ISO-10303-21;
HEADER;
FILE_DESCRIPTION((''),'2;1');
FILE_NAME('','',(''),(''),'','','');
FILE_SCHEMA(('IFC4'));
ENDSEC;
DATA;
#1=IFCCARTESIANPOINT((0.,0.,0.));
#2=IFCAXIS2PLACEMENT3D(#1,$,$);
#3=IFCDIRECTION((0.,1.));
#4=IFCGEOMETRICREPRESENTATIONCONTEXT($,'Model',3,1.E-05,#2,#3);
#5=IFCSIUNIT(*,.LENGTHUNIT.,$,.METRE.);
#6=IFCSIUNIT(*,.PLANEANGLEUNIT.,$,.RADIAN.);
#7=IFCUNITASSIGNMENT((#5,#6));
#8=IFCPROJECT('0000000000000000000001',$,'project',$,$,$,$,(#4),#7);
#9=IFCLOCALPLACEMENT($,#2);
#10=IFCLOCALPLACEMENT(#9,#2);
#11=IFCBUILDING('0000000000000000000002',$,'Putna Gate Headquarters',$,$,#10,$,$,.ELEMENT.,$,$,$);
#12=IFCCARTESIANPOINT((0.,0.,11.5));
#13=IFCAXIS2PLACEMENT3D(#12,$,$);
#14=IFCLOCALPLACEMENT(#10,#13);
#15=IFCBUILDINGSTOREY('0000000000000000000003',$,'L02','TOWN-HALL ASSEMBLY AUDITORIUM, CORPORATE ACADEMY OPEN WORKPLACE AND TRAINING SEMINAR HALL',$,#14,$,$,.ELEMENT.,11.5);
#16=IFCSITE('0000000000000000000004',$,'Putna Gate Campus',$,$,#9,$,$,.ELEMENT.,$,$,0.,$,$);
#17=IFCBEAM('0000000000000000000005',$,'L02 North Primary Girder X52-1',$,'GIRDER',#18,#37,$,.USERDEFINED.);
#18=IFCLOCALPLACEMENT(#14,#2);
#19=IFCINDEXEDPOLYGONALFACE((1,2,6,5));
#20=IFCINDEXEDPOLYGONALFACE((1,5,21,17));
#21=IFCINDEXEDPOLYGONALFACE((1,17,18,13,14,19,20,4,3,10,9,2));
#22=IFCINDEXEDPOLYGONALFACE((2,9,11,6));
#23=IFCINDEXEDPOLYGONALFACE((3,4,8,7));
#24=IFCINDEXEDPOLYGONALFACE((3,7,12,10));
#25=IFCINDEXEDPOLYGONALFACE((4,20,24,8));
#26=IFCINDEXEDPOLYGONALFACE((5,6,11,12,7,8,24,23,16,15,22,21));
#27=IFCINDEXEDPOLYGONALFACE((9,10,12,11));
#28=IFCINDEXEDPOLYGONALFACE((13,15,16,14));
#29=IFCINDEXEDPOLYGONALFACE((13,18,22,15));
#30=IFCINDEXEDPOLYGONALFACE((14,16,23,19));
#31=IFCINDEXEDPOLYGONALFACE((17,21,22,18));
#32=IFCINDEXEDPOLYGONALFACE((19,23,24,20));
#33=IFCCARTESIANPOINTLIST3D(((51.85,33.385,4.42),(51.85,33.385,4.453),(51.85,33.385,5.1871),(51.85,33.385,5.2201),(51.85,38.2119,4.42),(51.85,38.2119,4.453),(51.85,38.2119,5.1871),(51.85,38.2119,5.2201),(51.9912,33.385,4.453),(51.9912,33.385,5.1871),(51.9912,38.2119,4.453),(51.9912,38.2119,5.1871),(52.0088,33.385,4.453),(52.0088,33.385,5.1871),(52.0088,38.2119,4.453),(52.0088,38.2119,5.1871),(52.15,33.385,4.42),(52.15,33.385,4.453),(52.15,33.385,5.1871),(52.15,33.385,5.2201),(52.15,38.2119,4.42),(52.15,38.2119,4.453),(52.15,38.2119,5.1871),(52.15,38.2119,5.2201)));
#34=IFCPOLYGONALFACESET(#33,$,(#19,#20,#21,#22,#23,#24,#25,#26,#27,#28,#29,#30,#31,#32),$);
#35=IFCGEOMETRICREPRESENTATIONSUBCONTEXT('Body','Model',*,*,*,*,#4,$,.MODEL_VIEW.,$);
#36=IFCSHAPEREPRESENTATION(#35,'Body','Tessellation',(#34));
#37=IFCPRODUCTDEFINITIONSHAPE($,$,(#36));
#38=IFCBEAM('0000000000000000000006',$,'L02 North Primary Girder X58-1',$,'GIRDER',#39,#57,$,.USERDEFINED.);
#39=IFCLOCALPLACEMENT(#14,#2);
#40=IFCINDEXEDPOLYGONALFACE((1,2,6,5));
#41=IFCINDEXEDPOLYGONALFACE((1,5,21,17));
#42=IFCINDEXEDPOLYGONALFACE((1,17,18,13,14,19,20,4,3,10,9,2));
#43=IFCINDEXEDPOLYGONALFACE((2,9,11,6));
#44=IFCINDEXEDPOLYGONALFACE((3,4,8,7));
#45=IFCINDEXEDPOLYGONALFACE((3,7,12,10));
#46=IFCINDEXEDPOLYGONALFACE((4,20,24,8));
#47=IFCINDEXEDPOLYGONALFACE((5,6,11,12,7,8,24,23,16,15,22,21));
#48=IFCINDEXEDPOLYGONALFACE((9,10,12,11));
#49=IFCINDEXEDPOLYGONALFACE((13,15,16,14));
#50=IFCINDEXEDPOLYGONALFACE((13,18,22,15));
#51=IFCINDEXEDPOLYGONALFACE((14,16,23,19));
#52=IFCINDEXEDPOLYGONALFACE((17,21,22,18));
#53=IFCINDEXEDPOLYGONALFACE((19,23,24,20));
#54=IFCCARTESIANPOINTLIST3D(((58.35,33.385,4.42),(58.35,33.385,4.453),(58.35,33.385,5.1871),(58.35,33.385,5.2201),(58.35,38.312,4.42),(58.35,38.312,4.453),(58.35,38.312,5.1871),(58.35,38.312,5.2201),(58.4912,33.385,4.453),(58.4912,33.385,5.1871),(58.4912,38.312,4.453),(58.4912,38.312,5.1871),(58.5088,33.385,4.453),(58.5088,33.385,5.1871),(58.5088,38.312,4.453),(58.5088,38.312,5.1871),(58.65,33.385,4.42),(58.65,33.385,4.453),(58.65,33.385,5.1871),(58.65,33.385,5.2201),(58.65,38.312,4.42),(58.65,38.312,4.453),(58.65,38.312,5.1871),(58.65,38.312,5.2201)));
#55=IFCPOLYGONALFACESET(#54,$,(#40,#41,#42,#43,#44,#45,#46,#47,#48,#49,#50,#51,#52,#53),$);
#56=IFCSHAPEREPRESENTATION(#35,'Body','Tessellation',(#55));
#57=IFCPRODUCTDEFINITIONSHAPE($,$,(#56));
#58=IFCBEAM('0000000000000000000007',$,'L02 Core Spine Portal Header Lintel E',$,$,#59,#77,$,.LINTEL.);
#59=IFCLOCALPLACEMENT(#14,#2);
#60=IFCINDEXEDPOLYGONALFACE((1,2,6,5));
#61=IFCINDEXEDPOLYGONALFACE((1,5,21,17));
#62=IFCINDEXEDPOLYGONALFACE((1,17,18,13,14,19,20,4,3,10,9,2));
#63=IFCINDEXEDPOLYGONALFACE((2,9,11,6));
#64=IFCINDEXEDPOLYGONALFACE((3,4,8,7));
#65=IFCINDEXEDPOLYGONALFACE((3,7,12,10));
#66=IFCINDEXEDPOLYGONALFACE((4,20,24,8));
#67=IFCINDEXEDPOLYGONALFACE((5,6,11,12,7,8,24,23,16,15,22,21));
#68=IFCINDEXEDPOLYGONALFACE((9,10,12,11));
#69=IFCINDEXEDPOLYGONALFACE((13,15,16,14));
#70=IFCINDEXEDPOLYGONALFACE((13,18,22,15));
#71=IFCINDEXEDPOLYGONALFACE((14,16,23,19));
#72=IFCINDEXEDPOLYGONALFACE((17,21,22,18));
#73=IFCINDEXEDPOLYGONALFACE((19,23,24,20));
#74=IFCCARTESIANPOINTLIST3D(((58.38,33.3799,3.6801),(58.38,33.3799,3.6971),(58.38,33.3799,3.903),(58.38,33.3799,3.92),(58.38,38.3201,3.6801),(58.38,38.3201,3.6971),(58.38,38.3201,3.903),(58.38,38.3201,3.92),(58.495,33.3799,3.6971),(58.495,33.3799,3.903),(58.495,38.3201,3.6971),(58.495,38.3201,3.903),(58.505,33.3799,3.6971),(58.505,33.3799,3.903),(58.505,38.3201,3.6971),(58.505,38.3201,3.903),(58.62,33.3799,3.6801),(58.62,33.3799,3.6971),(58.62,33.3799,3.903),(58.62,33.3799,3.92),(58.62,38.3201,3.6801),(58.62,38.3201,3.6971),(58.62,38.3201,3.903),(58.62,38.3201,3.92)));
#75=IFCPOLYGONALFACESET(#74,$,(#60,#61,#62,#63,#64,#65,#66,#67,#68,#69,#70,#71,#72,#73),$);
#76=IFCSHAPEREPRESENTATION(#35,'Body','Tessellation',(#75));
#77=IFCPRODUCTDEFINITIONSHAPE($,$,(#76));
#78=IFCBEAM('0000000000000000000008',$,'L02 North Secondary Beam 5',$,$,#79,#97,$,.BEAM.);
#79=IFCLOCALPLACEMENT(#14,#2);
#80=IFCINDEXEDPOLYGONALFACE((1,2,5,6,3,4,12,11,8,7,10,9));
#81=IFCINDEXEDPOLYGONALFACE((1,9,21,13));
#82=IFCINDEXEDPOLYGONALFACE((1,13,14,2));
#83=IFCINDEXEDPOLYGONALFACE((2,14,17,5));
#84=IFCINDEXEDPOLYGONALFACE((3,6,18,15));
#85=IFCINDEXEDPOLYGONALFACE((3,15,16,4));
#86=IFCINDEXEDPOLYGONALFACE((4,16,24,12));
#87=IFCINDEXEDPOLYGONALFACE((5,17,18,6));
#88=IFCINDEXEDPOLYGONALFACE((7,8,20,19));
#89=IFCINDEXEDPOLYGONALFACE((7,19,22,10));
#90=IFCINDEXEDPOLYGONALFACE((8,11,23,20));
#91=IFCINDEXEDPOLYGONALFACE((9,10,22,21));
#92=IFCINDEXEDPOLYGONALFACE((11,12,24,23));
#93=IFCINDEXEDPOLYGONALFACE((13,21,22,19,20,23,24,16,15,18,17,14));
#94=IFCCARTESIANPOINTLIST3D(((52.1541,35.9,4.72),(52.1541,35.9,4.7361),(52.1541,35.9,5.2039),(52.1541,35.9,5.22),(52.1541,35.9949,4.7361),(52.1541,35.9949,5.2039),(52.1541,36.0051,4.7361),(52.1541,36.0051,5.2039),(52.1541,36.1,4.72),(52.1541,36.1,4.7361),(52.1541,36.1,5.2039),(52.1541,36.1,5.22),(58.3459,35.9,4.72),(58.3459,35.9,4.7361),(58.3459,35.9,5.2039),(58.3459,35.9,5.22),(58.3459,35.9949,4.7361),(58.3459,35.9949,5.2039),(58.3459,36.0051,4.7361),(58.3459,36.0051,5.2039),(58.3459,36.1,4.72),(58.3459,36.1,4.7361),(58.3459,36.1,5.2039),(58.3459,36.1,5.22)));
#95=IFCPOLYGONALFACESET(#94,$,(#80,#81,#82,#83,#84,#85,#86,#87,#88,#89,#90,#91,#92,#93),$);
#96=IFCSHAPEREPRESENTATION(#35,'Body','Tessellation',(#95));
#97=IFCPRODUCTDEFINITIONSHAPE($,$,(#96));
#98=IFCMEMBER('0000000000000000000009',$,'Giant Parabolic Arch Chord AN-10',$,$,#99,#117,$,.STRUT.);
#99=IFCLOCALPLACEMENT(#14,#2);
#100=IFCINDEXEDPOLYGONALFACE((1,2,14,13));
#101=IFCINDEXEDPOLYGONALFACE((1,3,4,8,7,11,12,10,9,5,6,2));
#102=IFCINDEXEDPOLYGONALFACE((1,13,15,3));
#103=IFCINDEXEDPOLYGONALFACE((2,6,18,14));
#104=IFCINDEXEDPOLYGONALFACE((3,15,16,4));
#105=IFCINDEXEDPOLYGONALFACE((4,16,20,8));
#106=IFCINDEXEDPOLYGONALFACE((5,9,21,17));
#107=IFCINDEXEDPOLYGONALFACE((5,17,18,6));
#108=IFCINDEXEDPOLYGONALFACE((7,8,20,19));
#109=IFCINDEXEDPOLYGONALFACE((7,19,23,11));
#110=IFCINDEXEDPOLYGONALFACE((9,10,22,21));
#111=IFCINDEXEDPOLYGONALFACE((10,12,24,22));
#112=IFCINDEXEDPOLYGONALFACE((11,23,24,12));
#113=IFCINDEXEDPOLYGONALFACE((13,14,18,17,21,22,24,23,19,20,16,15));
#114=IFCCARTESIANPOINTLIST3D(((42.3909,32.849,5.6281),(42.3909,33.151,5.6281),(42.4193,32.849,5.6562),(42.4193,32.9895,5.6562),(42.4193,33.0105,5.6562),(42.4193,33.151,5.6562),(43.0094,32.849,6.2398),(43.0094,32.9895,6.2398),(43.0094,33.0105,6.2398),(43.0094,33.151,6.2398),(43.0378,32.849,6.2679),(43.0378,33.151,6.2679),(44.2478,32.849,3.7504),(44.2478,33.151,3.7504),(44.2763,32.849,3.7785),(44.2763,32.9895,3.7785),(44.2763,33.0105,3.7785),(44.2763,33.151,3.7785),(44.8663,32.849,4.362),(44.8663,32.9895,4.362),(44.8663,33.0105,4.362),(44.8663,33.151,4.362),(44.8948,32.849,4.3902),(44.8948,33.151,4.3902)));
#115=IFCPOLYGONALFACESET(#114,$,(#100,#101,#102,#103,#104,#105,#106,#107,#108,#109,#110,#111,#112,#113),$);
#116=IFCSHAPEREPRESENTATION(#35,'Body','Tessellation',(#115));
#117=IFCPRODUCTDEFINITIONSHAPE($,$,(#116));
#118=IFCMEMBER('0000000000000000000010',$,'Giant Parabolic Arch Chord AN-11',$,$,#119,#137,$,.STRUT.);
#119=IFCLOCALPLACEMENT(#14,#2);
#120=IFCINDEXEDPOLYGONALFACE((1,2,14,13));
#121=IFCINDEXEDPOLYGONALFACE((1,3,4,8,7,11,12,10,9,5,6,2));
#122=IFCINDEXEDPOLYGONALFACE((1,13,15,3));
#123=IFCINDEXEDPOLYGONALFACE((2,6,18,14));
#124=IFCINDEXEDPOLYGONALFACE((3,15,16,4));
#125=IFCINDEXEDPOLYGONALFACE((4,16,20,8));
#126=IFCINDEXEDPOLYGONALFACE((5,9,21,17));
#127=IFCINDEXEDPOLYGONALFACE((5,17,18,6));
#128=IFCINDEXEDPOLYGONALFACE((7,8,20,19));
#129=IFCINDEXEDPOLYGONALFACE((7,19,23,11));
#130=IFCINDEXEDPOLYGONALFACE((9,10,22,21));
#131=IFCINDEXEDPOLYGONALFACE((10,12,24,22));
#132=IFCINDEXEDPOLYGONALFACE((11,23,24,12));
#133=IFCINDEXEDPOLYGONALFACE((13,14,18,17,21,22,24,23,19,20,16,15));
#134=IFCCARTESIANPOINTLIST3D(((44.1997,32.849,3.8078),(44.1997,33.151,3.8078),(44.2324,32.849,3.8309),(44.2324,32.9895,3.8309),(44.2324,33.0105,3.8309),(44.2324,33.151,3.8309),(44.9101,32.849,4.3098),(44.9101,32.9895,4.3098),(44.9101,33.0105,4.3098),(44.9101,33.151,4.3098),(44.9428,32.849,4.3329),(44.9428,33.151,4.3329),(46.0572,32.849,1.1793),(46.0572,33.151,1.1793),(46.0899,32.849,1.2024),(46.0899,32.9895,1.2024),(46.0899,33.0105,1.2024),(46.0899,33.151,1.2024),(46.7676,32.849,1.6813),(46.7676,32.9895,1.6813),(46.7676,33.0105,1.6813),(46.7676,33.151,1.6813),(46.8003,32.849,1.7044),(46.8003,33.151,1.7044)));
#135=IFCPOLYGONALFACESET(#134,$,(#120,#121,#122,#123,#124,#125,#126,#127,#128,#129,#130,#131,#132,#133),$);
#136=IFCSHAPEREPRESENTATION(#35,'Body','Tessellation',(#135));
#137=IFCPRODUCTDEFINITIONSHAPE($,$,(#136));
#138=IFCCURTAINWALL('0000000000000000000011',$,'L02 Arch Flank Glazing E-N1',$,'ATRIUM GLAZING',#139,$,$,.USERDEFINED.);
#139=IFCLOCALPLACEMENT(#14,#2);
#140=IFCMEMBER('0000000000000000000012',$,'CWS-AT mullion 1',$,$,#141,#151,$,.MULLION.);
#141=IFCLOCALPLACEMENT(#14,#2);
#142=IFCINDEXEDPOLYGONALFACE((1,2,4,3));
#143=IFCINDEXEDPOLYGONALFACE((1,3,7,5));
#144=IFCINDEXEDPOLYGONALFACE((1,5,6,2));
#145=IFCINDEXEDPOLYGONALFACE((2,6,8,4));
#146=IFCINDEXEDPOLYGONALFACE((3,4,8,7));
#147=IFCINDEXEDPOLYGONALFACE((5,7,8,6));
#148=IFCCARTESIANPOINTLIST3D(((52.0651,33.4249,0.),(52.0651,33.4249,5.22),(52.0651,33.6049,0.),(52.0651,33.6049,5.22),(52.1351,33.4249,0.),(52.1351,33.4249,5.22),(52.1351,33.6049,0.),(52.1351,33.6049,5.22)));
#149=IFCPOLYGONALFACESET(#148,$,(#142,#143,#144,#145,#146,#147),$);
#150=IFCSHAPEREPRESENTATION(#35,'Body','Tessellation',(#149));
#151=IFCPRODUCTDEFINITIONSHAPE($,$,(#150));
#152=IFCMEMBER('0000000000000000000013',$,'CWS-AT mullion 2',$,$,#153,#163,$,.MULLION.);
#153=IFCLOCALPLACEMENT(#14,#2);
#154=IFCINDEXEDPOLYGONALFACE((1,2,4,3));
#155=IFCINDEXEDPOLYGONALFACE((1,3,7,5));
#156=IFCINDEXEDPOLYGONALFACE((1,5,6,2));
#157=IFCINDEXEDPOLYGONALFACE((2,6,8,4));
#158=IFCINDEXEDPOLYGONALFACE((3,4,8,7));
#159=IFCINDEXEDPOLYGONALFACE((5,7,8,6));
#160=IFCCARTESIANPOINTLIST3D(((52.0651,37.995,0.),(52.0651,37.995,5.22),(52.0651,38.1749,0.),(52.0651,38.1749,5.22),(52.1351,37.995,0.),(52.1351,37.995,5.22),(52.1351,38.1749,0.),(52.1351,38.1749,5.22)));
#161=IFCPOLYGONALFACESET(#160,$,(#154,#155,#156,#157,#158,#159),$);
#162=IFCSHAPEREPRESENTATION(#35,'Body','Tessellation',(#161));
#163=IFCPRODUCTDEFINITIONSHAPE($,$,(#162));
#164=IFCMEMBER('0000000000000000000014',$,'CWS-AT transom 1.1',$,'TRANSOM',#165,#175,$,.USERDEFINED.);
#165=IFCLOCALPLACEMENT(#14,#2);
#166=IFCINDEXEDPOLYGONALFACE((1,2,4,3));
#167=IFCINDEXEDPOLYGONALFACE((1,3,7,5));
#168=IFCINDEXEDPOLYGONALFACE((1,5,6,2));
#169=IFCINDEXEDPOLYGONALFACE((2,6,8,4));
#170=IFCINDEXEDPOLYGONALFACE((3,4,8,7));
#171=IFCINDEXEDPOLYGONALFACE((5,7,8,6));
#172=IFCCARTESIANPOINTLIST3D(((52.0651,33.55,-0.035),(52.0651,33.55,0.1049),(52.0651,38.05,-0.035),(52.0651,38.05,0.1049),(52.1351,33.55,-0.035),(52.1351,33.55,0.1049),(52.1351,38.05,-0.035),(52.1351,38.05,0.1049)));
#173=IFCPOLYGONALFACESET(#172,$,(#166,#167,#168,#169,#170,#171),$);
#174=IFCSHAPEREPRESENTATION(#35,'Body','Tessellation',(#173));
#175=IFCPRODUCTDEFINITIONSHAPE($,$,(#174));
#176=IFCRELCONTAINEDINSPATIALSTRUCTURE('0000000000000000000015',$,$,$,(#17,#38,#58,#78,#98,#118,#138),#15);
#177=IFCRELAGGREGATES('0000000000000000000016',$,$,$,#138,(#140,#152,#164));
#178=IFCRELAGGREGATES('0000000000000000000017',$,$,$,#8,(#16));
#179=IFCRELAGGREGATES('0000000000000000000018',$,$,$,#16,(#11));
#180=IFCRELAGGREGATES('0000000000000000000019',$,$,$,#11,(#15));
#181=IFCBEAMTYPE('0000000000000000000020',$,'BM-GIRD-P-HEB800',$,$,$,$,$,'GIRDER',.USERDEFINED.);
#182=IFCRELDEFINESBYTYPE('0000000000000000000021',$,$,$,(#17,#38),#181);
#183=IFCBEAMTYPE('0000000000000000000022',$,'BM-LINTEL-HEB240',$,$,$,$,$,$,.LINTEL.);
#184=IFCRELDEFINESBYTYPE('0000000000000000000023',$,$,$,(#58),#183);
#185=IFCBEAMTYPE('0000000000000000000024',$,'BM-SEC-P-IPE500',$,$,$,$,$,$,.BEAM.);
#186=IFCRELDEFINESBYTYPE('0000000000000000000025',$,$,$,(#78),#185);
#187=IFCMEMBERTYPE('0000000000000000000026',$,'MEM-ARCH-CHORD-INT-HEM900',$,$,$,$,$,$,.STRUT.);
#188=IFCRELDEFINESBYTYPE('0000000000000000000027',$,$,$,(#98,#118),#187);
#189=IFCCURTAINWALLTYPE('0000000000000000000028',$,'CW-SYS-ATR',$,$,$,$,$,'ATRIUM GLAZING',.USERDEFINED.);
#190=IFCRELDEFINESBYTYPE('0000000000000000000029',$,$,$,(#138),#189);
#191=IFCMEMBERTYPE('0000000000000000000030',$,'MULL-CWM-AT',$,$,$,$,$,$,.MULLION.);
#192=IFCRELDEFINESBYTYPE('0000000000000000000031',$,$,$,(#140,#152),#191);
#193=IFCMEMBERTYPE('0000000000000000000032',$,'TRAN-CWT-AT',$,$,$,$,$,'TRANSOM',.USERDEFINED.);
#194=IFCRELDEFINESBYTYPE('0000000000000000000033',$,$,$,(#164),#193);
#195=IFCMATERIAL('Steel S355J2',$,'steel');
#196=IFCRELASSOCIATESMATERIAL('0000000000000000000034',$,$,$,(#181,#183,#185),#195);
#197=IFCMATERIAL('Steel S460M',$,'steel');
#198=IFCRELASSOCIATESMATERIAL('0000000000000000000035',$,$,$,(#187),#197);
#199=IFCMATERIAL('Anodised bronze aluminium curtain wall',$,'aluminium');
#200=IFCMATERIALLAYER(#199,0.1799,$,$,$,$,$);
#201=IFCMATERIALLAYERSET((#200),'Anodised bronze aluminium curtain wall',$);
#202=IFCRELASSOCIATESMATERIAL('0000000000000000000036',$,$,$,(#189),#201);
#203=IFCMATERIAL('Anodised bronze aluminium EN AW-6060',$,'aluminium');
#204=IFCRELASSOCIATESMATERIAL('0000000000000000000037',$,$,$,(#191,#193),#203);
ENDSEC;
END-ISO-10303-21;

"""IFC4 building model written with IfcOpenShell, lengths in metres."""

from ifc_helpers import new_model, si_unit, direction, frame, origin, origin_2d, place, context, subcontext, project, spatial, rectangle, i_section, extrude, material, layer, layer_set, material_profile, profile_set, type_object, element, aggregate, save


model = new_model("IFC4")

# Units and contexts
model_context = context("Model", 3, precision=1e-05, world=origin(), true_north=direction((0.0, 1.0)))
body_context = subcontext(model_context, "Body", "Model", "MODEL_VIEW")
ifc_project = project(units=[si_unit("LENGTHUNIT", "METRE"), si_unit("PLANEANGLEUNIT", "RADIAN")], contexts=[model_context])

# Site, building, storey
site_placement = place(None, origin())
site = spatial("IfcSite", under=ifc_project, at=site_placement, Name="Putna Gate Campus", CompositionType="ELEMENT", RefElevation=0.0)
building_placement = place(site_placement, origin())
building = spatial("IfcBuilding", under=site, at=building_placement, Name="Putna Gate Headquarters", CompositionType="ELEMENT")
storey_placement = place(building_placement, frame((0.0, 0.0, 11.5)))
storey = spatial("IfcBuildingStorey", under=building, at=storey_placement, Name="L02", Description="TOWN-HALL ASSEMBLY AUDITORIUM, CORPORATE ACADEMY OPEN WORKPLACE AND TRAINING SEMINAR HALL", CompositionType="ELEMENT", Elevation=11.5)

# Beams
ifc_material_1 = material(Name="Steel S355J2", Category="steel")
ifc_material_profile_1 = material_profile(ifc_material_1, i_section(OverallWidth=0.3, OverallDepth=0.8, WebThickness=0.0176, FlangeThickness=0.033, at=origin_2d()), Name="Steel S355J2")
ifc_profile_set_1 = profile_set([ifc_material_profile_1], Name="Steel S355J2")
beam_type_1 = type_object("IfcBeamType", Name="BM-GIRD-P-HEB800", ElementType="GIRDER", PredefinedType="USERDEFINED", material=ifc_profile_set_1)
beam_1_placement = place(storey_placement, frame((52.0, 33.385, 4.8201), z_axis=(0.0, 1.0, 0.0), x_axis=(-1.0, 0.0, 0.0)))
element("IfcBeam", 1, at=beam_1_placement, inside=storey, type_object=beam_type_1, Name="L02 North Primary Girder X52-1", ObjectType="GIRDER", PredefinedType="USERDEFINED", context=body_context, shape_type="SweptSolid", body=[
    extrude(i_section(OverallWidth=0.3, OverallDepth=0.8, WebThickness=0.0176, FlangeThickness=0.033, at=origin_2d()), origin(), (0.0, 0.0, 1.0), 4.8269),
])
beam_2_placement = place(storey_placement, frame((58.5, 33.385, 4.8201), z_axis=(0.0, 1.0, 0.0), x_axis=(-1.0, 0.0, 0.0)))
element("IfcBeam", 2, at=beam_2_placement, inside=storey, type_object=beam_type_1, Name="L02 North Primary Girder X58-1", ObjectType="GIRDER", PredefinedType="USERDEFINED", context=body_context, shape_type="SweptSolid", body=[
    extrude(i_section(OverallWidth=0.3, OverallDepth=0.8, WebThickness=0.0176, FlangeThickness=0.033, at=origin_2d()), origin(), (0.0, 0.0, 1.0), 4.927),
])
ifc_material_profile_2 = material_profile(ifc_material_1, i_section(OverallWidth=0.24, OverallDepth=0.24, WebThickness=0.01, FlangeThickness=0.0171, at=origin_2d()), Name="Steel S355J2")
ifc_profile_set_2 = profile_set([ifc_material_profile_2], Name="Steel S355J2")
beam_type_2 = type_object("IfcBeamType", Name="BM-LINTEL-HEB240", PredefinedType="LINTEL", material=ifc_profile_set_2)
beam_3_placement = place(storey_placement, frame((58.5, 33.3799, 3.8), z_axis=(0.0, 1.0, 0.0), x_axis=(-1.0, 0.0, 0.0)))
element("IfcBeam", 3, at=beam_3_placement, inside=storey, type_object=beam_type_2, Name="L02 Core Spine Portal Header Lintel E", PredefinedType="LINTEL", context=body_context, shape_type="SweptSolid", body=[
    extrude(i_section(OverallWidth=0.24, OverallDepth=0.24, WebThickness=0.01, FlangeThickness=0.0171, at=origin_2d()), origin(), (0.0, 0.0, 1.0), 4.9402),
])
ifc_material_profile_3 = material_profile(ifc_material_1, i_section(OverallWidth=0.2, OverallDepth=0.5, WebThickness=0.0103, FlangeThickness=0.0161, at=origin_2d()), Name="Steel S355J2")
ifc_profile_set_3 = profile_set([ifc_material_profile_3], Name="Steel S355J2")
beam_type_3 = type_object("IfcBeamType", Name="BM-SEC-P-IPE500", PredefinedType="BEAM", material=ifc_profile_set_3)
beam_4_placement = place(storey_placement, frame((52.1541, 36.0, 4.97), z_axis=(1.0, 0.0, 0.0), x_axis=(0.0, 1.0, 0.0)))
element("IfcBeam", 4, at=beam_4_placement, inside=storey, type_object=beam_type_3, Name="L02 North Secondary Beam 5", PredefinedType="BEAM", context=body_context, shape_type="SweptSolid", body=[
    extrude(i_section(OverallWidth=0.2, OverallDepth=0.5, WebThickness=0.0103, FlangeThickness=0.0161, at=origin_2d()), origin(), (0.0, 0.0, 1.0), 6.1919),
])

# Members
ifc_material_2 = material(Name="Steel S460M", Category="steel")
ifc_material_profile_4 = material_profile(ifc_material_2, i_section(OverallWidth=0.302, OverallDepth=0.9099, WebThickness=0.021, FlangeThickness=0.04, at=origin_2d()), Name="Steel S460M")
ifc_profile_set_4 = profile_set([ifc_material_profile_4], Name="Steel S460M")
member_type_1 = type_object("IfcMemberType", Name="MEM-ARCH-CHORD-INT-HEM900", PredefinedType="STRUT", material=ifc_profile_set_4)
member_1_placement = place(storey_placement, frame((42.7144, 33.0, 5.948), z_axis=(0.703167, 0.0, -0.711025), x_axis=(0.0, 1.0, 0.0)))
element("IfcMember", 5, at=member_1_placement, inside=storey, type_object=member_type_1, Name="Giant Parabolic Arch Chord AN-10", PredefinedType="STRUT", context=body_context, shape_type="SweptSolid", body=[
    extrude(i_section(OverallWidth=0.302, OverallDepth=0.9099, WebThickness=0.021, FlangeThickness=0.04, at=origin_2d()), origin(), (0.0, 0.0, 1.0), 2.6409),
])
member_2_placement = place(storey_placement, frame((44.5713, 33.0, 4.0703), z_axis=(0.577112, 0.0, -0.816665), x_axis=(0.0, 1.0, 0.0)))
element("IfcMember", 6, at=member_2_placement, inside=storey, type_object=member_type_1, Name="Giant Parabolic Arch Chord AN-11", PredefinedType="STRUT", context=body_context, shape_type="SweptSolid", body=[
    extrude(i_section(OverallWidth=0.302, OverallDepth=0.9099, WebThickness=0.021, FlangeThickness=0.04, at=origin_2d()), origin(), (0.0, 0.0, 1.0), 3.2185),
])

# Curtain wall, members
ifc_material_3 = material(Name="Anodised bronze aluminium curtain wall", Category="aluminium")
ifc_layer_1 = layer(ifc_material_3, 0.1799)
ifc_layer_set_1 = layer_set([ifc_layer_1], Name="Anodised bronze aluminium curtain wall")
curtain_wall_type = type_object("IfcCurtainWallType", Name="CW-SYS-ATR", ElementType="ATRIUM GLAZING", PredefinedType="USERDEFINED", material=ifc_layer_set_1)
curtain_wall_placement = place(storey_placement, origin())
curtain_wall = element("IfcCurtainWall", 7, at=curtain_wall_placement, inside=storey, type_object=curtain_wall_type, Name="L02 Arch Flank Glazing E-N1", ObjectType="ATRIUM GLAZING", PredefinedType="USERDEFINED")
ifc_material_4 = material(Name="Anodised bronze aluminium EN AW-6060", Category="aluminium")
ifc_material_profile_5 = material_profile(ifc_material_4, rectangle(XDim=0.0701, YDim=0.1799, at=origin_2d()), Name="Anodised bronze aluminium EN AW-6060")
ifc_profile_set_5 = profile_set([ifc_material_profile_5], Name="Anodised bronze aluminium EN AW-6060")
member_type_2 = type_object("IfcMemberType", Name="MULL-CWM-AT", PredefinedType="MULLION", material=ifc_profile_set_5)
member_3_placement = place(storey_placement, frame((52.1001, 33.5149, 0.0), z_axis=(0.0, 0.0, 1.0), x_axis=(-1.0, 0.0, 0.0)))
member_3 = element("IfcMember", 8, at=member_3_placement, type_object=member_type_2, Name="CWS-AT mullion 1", PredefinedType="MULLION", context=body_context, shape_type="SweptSolid", body=[
    extrude(rectangle(XDim=0.0701, YDim=0.1799, at=origin_2d()), origin(), (0.0, 0.0, 1.0), 5.22),
])
member_4_placement = place(storey_placement, frame((52.1001, 38.085, 0.0), z_axis=(0.0, 0.0, 1.0), x_axis=(-1.0, 0.0, 0.0)))
member_4 = element("IfcMember", 9, at=member_4_placement, type_object=member_type_2, Name="CWS-AT mullion 2", PredefinedType="MULLION", context=body_context, shape_type="SweptSolid", body=[
    extrude(rectangle(XDim=0.0701, YDim=0.1799, at=origin_2d()), origin(), (0.0, 0.0, 1.0), 5.22),
])
ifc_material_profile_6 = material_profile(ifc_material_4, rectangle(XDim=0.0701, YDim=0.1399, at=origin_2d()), Name="Anodised bronze aluminium EN AW-6060")
ifc_profile_set_6 = profile_set([ifc_material_profile_6], Name="Anodised bronze aluminium EN AW-6060")
member_type_3 = type_object("IfcMemberType", Name="TRAN-CWT-AT", ElementType="TRANSOM", PredefinedType="USERDEFINED", material=ifc_profile_set_6)
member_5_placement = place(storey_placement, frame((52.1001, 33.55, 0.0349), z_axis=(0.0, 1.0, 0.0), x_axis=(-1.0, 0.0, 0.0)))
member_5 = element("IfcMember", 10, at=member_5_placement, type_object=member_type_3, Name="CWS-AT transom 1.1", ObjectType="TRANSOM", PredefinedType="USERDEFINED", context=body_context, shape_type="SweptSolid", body=[
    extrude(rectangle(XDim=0.0701, YDim=0.1399, at=origin_2d()), origin(), (0.0, 0.0, 1.0), 4.5),
])
aggregate(curtain_wall, [member_3, member_4, member_5])

save(model, "model.ifc")
